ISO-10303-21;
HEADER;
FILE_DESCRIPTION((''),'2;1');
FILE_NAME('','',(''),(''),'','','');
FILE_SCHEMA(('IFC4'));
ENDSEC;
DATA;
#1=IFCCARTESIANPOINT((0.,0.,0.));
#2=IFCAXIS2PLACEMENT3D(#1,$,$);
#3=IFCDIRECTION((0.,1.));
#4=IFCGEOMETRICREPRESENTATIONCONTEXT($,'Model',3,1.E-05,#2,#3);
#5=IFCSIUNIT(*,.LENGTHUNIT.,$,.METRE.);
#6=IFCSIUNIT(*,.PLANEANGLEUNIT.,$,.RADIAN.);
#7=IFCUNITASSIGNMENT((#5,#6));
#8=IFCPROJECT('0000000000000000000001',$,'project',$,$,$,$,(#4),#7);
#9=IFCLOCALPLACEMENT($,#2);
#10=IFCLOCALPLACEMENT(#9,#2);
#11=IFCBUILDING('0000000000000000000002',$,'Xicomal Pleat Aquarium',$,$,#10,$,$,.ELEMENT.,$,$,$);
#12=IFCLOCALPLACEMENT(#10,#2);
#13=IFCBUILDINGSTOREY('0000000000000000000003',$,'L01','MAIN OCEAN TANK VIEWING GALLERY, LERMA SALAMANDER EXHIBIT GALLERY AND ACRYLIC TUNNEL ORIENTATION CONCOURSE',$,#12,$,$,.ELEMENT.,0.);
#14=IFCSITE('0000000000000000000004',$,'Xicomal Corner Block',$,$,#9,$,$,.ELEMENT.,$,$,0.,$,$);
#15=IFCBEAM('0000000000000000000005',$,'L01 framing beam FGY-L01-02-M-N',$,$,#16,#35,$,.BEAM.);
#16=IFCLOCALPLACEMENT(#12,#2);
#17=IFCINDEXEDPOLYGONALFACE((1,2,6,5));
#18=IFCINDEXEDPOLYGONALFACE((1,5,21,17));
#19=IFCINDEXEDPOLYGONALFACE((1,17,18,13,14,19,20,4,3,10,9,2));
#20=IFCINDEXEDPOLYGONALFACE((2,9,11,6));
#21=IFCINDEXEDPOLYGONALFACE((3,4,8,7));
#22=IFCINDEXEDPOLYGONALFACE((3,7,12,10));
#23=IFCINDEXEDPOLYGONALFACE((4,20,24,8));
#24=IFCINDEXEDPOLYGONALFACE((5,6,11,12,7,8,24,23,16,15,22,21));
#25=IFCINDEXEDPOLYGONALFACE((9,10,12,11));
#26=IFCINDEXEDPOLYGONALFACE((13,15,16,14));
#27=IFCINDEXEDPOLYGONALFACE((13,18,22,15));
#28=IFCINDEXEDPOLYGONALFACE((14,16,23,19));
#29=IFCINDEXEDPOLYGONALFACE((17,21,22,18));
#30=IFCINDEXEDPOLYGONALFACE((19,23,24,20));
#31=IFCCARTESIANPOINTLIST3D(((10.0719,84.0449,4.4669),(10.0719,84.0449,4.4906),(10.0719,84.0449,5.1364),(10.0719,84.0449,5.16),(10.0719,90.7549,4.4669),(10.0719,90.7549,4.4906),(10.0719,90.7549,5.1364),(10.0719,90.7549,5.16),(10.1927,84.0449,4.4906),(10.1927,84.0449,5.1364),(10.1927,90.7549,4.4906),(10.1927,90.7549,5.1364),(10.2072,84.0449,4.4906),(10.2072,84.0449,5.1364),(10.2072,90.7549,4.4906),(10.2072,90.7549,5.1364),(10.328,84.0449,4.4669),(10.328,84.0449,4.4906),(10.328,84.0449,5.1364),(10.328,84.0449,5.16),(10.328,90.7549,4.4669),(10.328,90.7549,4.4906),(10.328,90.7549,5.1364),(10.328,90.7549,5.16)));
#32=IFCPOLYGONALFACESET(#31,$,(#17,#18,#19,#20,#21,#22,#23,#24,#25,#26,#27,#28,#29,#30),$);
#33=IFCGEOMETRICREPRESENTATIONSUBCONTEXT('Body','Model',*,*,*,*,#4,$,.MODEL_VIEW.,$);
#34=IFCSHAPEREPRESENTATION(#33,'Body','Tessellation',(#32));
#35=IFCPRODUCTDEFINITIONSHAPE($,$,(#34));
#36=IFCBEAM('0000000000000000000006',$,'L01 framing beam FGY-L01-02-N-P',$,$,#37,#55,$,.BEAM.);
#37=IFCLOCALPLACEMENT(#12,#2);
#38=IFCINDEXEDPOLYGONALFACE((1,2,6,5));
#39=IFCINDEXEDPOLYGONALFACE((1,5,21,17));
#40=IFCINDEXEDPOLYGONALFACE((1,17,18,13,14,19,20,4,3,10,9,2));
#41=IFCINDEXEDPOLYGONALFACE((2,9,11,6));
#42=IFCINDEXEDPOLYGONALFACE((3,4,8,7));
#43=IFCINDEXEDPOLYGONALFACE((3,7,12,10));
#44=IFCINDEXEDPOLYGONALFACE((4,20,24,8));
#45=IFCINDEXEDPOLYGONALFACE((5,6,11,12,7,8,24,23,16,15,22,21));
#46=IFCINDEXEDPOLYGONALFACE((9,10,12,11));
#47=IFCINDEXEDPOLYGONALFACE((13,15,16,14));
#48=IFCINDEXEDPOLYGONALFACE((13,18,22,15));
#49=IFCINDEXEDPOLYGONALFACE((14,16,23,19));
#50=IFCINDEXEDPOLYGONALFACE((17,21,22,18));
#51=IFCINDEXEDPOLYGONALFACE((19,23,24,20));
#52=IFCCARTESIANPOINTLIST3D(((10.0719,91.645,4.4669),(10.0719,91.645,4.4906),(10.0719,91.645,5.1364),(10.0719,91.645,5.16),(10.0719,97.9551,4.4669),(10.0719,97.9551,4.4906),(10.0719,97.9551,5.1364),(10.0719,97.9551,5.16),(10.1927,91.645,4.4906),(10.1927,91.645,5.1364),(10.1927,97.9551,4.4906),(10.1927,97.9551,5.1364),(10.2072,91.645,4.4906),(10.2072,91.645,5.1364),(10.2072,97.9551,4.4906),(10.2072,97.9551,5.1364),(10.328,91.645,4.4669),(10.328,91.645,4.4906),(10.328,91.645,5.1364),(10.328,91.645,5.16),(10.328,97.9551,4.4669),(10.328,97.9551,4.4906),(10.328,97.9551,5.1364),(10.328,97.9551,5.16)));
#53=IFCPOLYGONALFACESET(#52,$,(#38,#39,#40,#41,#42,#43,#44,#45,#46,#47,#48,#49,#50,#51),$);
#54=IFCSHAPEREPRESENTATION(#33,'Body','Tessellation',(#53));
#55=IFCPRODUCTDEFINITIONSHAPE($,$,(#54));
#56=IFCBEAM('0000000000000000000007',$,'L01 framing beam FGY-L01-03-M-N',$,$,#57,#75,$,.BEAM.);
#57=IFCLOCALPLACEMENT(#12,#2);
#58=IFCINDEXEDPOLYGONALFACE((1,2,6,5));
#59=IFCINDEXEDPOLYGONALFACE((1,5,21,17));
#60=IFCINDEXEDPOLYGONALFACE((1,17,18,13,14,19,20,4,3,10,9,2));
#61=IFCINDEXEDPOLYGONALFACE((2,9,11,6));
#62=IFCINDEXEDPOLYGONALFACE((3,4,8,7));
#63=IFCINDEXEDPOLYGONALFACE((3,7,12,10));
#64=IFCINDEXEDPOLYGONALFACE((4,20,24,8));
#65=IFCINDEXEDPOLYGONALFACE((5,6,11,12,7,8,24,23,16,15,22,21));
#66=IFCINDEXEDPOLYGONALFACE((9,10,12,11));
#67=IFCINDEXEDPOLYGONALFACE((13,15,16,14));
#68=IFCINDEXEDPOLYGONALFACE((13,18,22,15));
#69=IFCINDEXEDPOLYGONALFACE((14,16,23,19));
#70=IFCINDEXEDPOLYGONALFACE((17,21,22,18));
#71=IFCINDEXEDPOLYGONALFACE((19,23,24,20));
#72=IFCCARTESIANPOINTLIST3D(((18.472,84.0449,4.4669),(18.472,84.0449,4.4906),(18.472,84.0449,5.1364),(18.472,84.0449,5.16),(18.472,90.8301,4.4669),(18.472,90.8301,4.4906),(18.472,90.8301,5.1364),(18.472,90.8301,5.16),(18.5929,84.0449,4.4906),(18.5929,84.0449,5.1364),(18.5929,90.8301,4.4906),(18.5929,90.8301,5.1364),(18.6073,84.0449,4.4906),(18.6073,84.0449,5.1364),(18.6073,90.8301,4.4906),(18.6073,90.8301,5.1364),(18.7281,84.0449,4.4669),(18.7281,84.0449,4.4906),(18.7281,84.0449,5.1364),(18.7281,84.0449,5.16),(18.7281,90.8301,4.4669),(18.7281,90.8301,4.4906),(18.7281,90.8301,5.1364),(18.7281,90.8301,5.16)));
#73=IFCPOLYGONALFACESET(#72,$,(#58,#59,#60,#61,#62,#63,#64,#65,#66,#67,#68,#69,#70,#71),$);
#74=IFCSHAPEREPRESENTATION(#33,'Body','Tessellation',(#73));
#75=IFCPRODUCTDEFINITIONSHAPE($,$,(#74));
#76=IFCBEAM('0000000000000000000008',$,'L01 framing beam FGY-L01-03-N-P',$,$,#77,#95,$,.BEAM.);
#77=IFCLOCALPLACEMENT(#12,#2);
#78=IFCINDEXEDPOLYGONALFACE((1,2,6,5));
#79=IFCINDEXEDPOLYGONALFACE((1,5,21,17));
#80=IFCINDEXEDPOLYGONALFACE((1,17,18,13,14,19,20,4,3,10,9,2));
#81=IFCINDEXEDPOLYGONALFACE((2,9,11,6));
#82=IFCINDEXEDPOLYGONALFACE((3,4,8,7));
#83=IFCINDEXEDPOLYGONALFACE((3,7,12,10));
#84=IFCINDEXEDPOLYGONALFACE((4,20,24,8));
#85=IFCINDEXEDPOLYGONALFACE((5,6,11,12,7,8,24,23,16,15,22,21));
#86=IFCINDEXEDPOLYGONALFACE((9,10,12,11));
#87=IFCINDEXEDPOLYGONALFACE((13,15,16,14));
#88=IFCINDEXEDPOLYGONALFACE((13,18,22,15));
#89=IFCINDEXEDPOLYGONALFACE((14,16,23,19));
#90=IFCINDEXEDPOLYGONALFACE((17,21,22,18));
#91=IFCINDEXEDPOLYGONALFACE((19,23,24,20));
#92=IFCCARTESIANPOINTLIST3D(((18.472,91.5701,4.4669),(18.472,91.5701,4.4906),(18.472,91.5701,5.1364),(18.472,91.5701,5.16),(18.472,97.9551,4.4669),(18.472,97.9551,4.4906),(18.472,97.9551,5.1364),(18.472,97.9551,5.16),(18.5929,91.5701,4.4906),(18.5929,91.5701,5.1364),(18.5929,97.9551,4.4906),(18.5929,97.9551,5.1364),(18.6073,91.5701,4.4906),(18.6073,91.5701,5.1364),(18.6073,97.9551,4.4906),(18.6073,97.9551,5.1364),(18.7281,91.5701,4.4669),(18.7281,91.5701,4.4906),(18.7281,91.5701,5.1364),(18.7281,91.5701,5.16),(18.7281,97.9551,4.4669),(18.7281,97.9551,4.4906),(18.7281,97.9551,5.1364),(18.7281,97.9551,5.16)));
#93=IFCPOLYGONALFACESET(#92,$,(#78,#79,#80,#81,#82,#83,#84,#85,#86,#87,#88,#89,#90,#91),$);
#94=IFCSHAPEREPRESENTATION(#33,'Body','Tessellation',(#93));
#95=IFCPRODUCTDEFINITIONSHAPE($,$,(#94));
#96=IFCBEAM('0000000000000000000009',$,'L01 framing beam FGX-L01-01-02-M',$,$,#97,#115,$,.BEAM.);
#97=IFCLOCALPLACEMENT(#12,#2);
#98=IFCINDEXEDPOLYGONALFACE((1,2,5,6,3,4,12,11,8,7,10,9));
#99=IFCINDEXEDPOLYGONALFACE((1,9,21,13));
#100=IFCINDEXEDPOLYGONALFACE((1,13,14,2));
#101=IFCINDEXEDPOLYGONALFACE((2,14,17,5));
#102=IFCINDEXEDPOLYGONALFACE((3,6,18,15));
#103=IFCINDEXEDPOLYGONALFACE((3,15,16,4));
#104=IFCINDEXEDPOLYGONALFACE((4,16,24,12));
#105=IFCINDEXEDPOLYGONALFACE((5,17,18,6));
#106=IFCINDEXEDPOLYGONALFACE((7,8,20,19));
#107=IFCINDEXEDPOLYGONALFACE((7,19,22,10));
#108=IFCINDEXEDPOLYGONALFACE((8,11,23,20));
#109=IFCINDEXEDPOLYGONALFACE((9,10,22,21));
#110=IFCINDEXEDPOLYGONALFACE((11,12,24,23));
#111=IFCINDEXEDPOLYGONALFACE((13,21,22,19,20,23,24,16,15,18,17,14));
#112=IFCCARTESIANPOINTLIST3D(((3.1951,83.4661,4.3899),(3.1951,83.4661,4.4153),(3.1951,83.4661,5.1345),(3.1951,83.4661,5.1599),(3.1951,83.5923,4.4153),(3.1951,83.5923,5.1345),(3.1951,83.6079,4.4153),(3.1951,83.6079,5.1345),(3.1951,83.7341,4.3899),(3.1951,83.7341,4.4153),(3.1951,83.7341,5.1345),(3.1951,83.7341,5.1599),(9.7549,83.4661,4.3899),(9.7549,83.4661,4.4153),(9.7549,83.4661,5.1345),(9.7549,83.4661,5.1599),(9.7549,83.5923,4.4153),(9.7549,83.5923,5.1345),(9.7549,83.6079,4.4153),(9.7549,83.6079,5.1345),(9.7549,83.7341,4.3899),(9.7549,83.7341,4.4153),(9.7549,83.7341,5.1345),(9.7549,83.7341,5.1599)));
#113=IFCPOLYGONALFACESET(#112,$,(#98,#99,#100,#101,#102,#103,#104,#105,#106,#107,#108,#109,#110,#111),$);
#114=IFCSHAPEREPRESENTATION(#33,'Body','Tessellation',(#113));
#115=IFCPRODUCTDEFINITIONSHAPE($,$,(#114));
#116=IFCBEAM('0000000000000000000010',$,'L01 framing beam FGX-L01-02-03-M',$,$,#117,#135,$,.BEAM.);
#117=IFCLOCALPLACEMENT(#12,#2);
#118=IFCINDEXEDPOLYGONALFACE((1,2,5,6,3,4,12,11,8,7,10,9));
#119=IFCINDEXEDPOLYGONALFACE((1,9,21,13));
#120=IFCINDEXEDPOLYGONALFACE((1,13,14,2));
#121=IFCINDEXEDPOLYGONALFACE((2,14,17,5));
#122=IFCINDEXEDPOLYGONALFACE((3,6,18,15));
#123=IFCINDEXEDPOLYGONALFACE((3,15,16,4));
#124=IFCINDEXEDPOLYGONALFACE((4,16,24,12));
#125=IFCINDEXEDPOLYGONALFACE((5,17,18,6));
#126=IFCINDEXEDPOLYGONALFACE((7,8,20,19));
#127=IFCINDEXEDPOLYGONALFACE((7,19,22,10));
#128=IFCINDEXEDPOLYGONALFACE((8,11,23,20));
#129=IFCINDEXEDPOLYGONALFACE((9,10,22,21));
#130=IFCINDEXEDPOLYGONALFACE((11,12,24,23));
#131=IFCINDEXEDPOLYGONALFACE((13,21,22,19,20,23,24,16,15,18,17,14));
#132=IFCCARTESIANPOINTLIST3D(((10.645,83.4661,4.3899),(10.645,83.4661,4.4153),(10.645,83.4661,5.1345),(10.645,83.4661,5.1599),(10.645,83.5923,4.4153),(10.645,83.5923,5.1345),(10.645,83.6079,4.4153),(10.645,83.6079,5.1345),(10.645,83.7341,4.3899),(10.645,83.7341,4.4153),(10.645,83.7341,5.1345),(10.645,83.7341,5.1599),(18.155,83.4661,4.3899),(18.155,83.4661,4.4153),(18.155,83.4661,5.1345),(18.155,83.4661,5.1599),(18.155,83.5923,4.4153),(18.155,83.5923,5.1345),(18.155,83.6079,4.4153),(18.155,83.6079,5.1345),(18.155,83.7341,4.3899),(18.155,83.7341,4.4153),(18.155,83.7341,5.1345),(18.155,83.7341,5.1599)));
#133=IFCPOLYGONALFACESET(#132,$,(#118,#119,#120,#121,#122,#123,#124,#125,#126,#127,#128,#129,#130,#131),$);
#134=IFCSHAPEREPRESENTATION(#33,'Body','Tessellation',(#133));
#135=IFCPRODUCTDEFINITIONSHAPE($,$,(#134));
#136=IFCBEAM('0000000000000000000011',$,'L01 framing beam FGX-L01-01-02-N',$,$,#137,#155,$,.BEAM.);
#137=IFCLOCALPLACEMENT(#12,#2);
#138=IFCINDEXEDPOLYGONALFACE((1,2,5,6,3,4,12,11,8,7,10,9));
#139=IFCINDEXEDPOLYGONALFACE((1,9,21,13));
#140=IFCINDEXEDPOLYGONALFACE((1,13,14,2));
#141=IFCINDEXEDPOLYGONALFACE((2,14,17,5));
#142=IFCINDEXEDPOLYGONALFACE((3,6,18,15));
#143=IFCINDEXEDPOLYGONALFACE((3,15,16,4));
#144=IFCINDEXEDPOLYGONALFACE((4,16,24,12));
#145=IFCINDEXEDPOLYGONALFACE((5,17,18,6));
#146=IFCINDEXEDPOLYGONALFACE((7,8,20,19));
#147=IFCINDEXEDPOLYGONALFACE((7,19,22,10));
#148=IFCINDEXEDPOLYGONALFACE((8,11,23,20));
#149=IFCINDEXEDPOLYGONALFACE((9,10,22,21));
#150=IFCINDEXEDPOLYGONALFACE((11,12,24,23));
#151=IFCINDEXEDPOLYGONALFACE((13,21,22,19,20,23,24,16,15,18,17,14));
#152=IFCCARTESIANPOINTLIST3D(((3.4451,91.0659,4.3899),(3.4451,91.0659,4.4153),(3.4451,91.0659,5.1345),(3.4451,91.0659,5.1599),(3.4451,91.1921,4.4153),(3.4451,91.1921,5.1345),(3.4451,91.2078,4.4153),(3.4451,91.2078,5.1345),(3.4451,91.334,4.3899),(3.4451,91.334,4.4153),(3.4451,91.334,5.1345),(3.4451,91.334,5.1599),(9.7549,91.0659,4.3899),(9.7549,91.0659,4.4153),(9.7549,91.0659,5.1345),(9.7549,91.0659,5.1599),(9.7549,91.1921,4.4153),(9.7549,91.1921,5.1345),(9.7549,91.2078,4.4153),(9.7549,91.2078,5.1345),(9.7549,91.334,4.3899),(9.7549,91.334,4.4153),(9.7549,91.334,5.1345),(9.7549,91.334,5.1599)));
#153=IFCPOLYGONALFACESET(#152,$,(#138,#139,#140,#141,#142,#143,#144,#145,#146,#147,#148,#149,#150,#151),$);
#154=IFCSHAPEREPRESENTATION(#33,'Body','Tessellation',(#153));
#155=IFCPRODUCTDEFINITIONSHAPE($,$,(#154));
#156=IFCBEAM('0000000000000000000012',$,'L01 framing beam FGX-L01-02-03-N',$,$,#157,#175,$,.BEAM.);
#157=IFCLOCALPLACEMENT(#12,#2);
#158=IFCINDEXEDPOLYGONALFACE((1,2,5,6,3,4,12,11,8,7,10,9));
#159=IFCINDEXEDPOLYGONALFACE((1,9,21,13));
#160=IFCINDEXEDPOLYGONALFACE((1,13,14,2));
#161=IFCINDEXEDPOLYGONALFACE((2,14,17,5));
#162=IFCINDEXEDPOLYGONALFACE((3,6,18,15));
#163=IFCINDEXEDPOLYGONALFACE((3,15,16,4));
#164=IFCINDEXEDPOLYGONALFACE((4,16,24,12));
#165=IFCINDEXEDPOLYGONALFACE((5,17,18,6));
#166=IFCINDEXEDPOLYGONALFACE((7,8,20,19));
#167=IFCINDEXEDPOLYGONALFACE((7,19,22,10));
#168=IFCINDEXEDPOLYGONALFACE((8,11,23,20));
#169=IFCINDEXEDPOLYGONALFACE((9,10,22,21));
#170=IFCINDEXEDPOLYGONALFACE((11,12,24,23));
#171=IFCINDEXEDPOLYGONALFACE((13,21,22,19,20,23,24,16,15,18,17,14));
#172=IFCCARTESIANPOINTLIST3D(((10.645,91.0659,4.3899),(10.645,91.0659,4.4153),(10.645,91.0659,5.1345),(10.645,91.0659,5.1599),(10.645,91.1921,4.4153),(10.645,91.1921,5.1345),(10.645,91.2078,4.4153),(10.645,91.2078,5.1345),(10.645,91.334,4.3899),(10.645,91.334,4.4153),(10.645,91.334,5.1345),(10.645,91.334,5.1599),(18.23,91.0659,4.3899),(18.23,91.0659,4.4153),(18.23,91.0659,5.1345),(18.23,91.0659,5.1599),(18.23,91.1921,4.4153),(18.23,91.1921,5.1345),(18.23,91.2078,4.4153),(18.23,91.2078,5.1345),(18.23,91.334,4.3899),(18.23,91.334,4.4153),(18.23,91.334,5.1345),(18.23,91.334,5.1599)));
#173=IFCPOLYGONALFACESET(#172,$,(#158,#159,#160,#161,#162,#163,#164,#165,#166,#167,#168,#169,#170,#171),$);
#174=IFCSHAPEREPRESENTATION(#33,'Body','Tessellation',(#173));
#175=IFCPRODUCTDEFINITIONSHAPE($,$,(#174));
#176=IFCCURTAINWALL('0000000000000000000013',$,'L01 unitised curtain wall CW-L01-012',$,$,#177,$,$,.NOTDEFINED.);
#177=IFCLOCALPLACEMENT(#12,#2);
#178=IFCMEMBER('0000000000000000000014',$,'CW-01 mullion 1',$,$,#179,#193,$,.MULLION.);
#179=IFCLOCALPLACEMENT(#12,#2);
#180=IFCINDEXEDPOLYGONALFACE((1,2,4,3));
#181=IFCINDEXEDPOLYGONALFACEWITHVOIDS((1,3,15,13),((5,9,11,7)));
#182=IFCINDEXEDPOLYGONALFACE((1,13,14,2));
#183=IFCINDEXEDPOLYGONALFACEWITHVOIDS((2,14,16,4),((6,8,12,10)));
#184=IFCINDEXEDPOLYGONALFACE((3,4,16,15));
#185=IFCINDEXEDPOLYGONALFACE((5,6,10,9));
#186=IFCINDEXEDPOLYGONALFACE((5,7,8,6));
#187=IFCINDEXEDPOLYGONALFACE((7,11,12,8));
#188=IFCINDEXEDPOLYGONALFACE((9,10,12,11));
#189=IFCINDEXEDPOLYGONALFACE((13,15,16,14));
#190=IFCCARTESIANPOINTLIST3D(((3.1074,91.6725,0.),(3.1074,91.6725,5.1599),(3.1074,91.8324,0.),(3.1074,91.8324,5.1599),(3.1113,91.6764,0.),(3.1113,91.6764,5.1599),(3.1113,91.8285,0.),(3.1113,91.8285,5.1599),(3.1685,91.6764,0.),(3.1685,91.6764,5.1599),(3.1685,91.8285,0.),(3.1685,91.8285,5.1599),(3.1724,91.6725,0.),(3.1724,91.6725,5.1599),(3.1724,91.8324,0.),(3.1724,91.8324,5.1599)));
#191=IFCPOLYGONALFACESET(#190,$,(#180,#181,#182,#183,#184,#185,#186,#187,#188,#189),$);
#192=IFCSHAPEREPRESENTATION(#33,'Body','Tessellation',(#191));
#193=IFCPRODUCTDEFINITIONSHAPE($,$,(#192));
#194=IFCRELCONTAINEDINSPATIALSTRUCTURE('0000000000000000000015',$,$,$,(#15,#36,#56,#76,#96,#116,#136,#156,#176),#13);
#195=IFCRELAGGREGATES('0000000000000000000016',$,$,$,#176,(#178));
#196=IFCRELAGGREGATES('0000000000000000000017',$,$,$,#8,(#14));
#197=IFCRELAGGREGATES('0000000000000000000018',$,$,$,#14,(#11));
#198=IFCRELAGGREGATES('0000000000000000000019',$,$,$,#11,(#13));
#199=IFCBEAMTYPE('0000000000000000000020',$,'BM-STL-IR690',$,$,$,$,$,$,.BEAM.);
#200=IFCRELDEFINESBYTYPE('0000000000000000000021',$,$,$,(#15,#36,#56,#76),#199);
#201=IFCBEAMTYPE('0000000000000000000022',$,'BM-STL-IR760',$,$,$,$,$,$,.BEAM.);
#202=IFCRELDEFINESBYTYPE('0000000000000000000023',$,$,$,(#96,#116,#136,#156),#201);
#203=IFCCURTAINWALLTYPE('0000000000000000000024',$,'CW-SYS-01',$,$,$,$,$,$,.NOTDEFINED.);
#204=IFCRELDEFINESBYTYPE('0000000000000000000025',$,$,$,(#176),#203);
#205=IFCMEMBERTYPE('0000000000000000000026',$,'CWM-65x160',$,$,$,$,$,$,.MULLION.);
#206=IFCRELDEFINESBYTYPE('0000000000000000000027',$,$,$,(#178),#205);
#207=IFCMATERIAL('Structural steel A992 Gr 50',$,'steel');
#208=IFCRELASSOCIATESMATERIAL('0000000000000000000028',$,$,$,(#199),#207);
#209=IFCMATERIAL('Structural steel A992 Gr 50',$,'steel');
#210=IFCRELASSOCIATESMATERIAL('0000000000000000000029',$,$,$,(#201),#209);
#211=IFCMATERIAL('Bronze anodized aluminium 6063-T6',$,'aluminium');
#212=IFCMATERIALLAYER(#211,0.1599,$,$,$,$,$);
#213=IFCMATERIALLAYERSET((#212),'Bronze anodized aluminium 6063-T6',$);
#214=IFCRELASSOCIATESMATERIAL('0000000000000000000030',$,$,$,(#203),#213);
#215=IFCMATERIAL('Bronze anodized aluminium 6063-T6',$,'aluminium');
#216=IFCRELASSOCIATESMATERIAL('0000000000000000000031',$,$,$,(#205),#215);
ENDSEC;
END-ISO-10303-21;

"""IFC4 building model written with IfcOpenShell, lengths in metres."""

from ifc_helpers import new_model, si_unit, direction, frame, origin, origin_2d, place, context, subcontext, project, spatial, hollow_rectangle, i_section, extrude, material, layer, layer_set, material_profile, profile_set, type_object, element, aggregate, save


model = new_model("IFC4")

# Units and contexts
model_context = context("Model", 3, precision=1e-05, world=origin(), true_north=direction((0.0, 1.0)))
body_context = subcontext(model_context, "Body", "Model", "MODEL_VIEW")
ifc_project = project(units=[si_unit("LENGTHUNIT", "METRE"), si_unit("PLANEANGLEUNIT", "RADIAN")], contexts=[model_context])

# Site, building, storey
site_placement = place(None, origin())
site = spatial("IfcSite", under=ifc_project, at=site_placement, Name="Xicomal Corner Block", CompositionType="ELEMENT", RefElevation=0.0)
building_placement = place(site_placement, origin())
building = spatial("IfcBuilding", under=site, at=building_placement, Name="Xicomal Pleat Aquarium", CompositionType="ELEMENT")
storey_placement = place(building_placement, origin())
storey = spatial("IfcBuildingStorey", under=building, at=storey_placement, Name="L01", Description="MAIN OCEAN TANK VIEWING GALLERY, LERMA SALAMANDER EXHIBIT GALLERY AND ACRYLIC TUNNEL ORIENTATION CONCOURSE", CompositionType="ELEMENT", Elevation=0.0)

# Beams
ifc_material_1 = material(Name="Structural steel A992 Gr 50", Category="steel")
ifc_material_profile_1 = material_profile(ifc_material_1, i_section(OverallWidth=0.2561, OverallDepth=0.6931, WebThickness=0.0144, FlangeThickness=0.0237, at=origin_2d()), Name="IR 690x170")
ifc_profile_set_1 = profile_set([ifc_material_profile_1], Name="Structural steel A992 Gr 50")
beam_type_1 = type_object("IfcBeamType", Name="BM-STL-IR690", PredefinedType="BEAM", material=ifc_profile_set_1)
beam_1_placement = place(storey_placement, frame((10.2, 84.0449, 4.8135), z_axis=(0.0, 1.0, 0.0), x_axis=(-1.0, 0.0, 0.0)))
element("IfcBeam", 1, at=beam_1_placement, inside=storey, type_object=beam_type_1, Name="L01 framing beam FGY-L01-02-M-N", PredefinedType="BEAM", context=body_context, shape_type="SweptSolid", body=[
    extrude(i_section(OverallWidth=0.2561, OverallDepth=0.6931, WebThickness=0.0144, FlangeThickness=0.0237, at=origin_2d()), origin(), (0.0, 0.0, 1.0), 6.71),
])
beam_2_placement = place(storey_placement, frame((10.2, 91.645, 4.8135), z_axis=(0.0, 1.0, 0.0), x_axis=(-1.0, 0.0, 0.0)))
element("IfcBeam", 2, at=beam_2_placement, inside=storey, type_object=beam_type_1, Name="L01 framing beam FGY-L01-02-N-P", PredefinedType="BEAM", context=body_context, shape_type="SweptSolid", body=[
    extrude(i_section(OverallWidth=0.2561, OverallDepth=0.6931, WebThickness=0.0144, FlangeThickness=0.0237, at=origin_2d()), origin(), (0.0, 0.0, 1.0), 6.3101),
])
beam_3_placement = place(storey_placement, frame((18.6001, 84.0449, 4.8135), z_axis=(0.0, 1.0, 0.0), x_axis=(-1.0, 0.0, 0.0)))
element("IfcBeam", 3, at=beam_3_placement, inside=storey, type_object=beam_type_1, Name="L01 framing beam FGY-L01-03-M-N", PredefinedType="BEAM", context=body_context, shape_type="SweptSolid", body=[
    extrude(i_section(OverallWidth=0.2561, OverallDepth=0.6931, WebThickness=0.0144, FlangeThickness=0.0237, at=origin_2d()), origin(), (0.0, 0.0, 1.0), 6.7852),
])
beam_4_placement = place(storey_placement, frame((18.6001, 91.5701, 4.8135), z_axis=(0.0, 1.0, 0.0), x_axis=(-1.0, 0.0, 0.0)))
element("IfcBeam", 4, at=beam_4_placement, inside=storey, type_object=beam_type_1, Name="L01 framing beam FGY-L01-03-N-P", PredefinedType="BEAM", context=body_context, shape_type="SweptSolid", body=[
    extrude(i_section(OverallWidth=0.2561, OverallDepth=0.6931, WebThickness=0.0144, FlangeThickness=0.0237, at=origin_2d()), origin(), (0.0, 0.0, 1.0), 6.385),
])
ifc_material_2 = material(Name="Structural steel A992 Gr 50", Category="steel")
ifc_material_profile_2 = material_profile(ifc_material_2, i_section(OverallWidth=0.2681, OverallDepth=0.77, WebThickness=0.0156, FlangeThickness=0.0254, at=origin_2d()), Name="IR 760x196")
ifc_profile_set_2 = profile_set([ifc_material_profile_2], Name="Structural steel A992 Gr 50")
beam_type_2 = type_object("IfcBeamType", Name="BM-STL-IR760", PredefinedType="BEAM", material=ifc_profile_set_2)
beam_5_placement = place(storey_placement, frame((3.1951, 83.6001, 4.7749), z_axis=(1.0, 0.0, 0.0), x_axis=(0.0, 1.0, 0.0)))
element("IfcBeam", 5, at=beam_5_placement, inside=storey, type_object=beam_type_2, Name="L01 framing beam FGX-L01-01-02-M", PredefinedType="BEAM", context=body_context, shape_type="SweptSolid", body=[
    extrude(i_section(OverallWidth=0.2681, OverallDepth=0.77, WebThickness=0.0156, FlangeThickness=0.0254, at=origin_2d()), origin(), (0.0, 0.0, 1.0), 6.5598),
])
beam_6_placement = place(storey_placement, frame((10.645, 83.6001, 4.7749), z_axis=(1.0, 0.0, 0.0), x_axis=(0.0, 1.0, 0.0)))
element("IfcBeam", 6, at=beam_6_placement, inside=storey, type_object=beam_type_2, Name="L01 framing beam FGX-L01-02-03-M", PredefinedType="BEAM", context=body_context, shape_type="SweptSolid", body=[
    extrude(i_section(OverallWidth=0.2681, OverallDepth=0.77, WebThickness=0.0156, FlangeThickness=0.0254, at=origin_2d()), origin(), (0.0, 0.0, 1.0), 7.51),
])
beam_7_placement = place(storey_placement, frame((3.4451, 91.2, 4.7749), z_axis=(1.0, 0.0, 0.0), x_axis=(0.0, 1.0, 0.0)))
element("IfcBeam", 7, at=beam_7_placement, inside=storey, type_object=beam_type_2, Name="L01 framing beam FGX-L01-01-02-N", PredefinedType="BEAM", context=body_context, shape_type="SweptSolid", body=[
    extrude(i_section(OverallWidth=0.2681, OverallDepth=0.77, WebThickness=0.0156, FlangeThickness=0.0254, at=origin_2d()), origin(), (0.0, 0.0, 1.0), 6.3098),
])
beam_8_placement = place(storey_placement, frame((10.645, 91.2, 4.7749), z_axis=(1.0, 0.0, 0.0), x_axis=(0.0, 1.0, 0.0)))
element("IfcBeam", 8, at=beam_8_placement, inside=storey, type_object=beam_type_2, Name="L01 framing beam FGX-L01-02-03-N", PredefinedType="BEAM", context=body_context, shape_type="SweptSolid", body=[
    extrude(i_section(OverallWidth=0.2681, OverallDepth=0.77, WebThickness=0.0156, FlangeThickness=0.0254, at=origin_2d()), origin(), (0.0, 0.0, 1.0), 7.585),
])

# Curtain wall, member
ifc_material_3 = material(Name="Bronze anodized aluminium 6063-T6", Category="aluminium")
ifc_layer_1 = layer(ifc_material_3, 0.1599)
ifc_layer_set_1 = layer_set([ifc_layer_1], Name="Bronze anodized aluminium 6063-T6")
curtain_wall_type_1 = type_object("IfcCurtainWallType", Name="CW-SYS-01", PredefinedType="NOTDEFINED", material=ifc_layer_set_1)
curtain_wall_1_placement = place(storey_placement, origin())
curtain_wall_1 = element("IfcCurtainWall", 9, at=curtain_wall_1_placement, inside=storey, type_object=curtain_wall_type_1, Name="L01 unitised curtain wall CW-L01-012", PredefinedType="NOTDEFINED")
ifc_material_4 = material(Name="Bronze anodized aluminium 6063-T6", Category="aluminium")
ifc_material_profile_3 = material_profile(ifc_material_4, hollow_rectangle(XDim=0.0649, YDim=0.1599, WallThickness=0.0039, at=origin_2d()), Name="ALU MULL 65x160")
ifc_profile_set_3 = profile_set([ifc_material_profile_3], Name="Bronze anodized aluminium 6063-T6")
member_type_1 = type_object("IfcMemberType", Name="CWM-65x160", PredefinedType="MULLION", material=ifc_profile_set_3)
member_1_placement = place(storey_placement, frame((3.1399, 91.7524, 0.0), z_axis=(0.0, 0.0, 1.0), x_axis=(-1.0, 0.0, 0.0)))
member_1 = element("IfcMember", 10, at=member_1_placement, type_object=member_type_1, Name="CW-01 mullion 1", PredefinedType="MULLION", context=body_context, shape_type="SweptSolid", body=[
    extrude(hollow_rectangle(XDim=0.0649, YDim=0.1599, WallThickness=0.0039, at=origin_2d()), origin(), (0.0, 0.0, 1.0), 5.1599),
])
aggregate(curtain_wall_1, [member_1])

save(model, "model.ifc")
